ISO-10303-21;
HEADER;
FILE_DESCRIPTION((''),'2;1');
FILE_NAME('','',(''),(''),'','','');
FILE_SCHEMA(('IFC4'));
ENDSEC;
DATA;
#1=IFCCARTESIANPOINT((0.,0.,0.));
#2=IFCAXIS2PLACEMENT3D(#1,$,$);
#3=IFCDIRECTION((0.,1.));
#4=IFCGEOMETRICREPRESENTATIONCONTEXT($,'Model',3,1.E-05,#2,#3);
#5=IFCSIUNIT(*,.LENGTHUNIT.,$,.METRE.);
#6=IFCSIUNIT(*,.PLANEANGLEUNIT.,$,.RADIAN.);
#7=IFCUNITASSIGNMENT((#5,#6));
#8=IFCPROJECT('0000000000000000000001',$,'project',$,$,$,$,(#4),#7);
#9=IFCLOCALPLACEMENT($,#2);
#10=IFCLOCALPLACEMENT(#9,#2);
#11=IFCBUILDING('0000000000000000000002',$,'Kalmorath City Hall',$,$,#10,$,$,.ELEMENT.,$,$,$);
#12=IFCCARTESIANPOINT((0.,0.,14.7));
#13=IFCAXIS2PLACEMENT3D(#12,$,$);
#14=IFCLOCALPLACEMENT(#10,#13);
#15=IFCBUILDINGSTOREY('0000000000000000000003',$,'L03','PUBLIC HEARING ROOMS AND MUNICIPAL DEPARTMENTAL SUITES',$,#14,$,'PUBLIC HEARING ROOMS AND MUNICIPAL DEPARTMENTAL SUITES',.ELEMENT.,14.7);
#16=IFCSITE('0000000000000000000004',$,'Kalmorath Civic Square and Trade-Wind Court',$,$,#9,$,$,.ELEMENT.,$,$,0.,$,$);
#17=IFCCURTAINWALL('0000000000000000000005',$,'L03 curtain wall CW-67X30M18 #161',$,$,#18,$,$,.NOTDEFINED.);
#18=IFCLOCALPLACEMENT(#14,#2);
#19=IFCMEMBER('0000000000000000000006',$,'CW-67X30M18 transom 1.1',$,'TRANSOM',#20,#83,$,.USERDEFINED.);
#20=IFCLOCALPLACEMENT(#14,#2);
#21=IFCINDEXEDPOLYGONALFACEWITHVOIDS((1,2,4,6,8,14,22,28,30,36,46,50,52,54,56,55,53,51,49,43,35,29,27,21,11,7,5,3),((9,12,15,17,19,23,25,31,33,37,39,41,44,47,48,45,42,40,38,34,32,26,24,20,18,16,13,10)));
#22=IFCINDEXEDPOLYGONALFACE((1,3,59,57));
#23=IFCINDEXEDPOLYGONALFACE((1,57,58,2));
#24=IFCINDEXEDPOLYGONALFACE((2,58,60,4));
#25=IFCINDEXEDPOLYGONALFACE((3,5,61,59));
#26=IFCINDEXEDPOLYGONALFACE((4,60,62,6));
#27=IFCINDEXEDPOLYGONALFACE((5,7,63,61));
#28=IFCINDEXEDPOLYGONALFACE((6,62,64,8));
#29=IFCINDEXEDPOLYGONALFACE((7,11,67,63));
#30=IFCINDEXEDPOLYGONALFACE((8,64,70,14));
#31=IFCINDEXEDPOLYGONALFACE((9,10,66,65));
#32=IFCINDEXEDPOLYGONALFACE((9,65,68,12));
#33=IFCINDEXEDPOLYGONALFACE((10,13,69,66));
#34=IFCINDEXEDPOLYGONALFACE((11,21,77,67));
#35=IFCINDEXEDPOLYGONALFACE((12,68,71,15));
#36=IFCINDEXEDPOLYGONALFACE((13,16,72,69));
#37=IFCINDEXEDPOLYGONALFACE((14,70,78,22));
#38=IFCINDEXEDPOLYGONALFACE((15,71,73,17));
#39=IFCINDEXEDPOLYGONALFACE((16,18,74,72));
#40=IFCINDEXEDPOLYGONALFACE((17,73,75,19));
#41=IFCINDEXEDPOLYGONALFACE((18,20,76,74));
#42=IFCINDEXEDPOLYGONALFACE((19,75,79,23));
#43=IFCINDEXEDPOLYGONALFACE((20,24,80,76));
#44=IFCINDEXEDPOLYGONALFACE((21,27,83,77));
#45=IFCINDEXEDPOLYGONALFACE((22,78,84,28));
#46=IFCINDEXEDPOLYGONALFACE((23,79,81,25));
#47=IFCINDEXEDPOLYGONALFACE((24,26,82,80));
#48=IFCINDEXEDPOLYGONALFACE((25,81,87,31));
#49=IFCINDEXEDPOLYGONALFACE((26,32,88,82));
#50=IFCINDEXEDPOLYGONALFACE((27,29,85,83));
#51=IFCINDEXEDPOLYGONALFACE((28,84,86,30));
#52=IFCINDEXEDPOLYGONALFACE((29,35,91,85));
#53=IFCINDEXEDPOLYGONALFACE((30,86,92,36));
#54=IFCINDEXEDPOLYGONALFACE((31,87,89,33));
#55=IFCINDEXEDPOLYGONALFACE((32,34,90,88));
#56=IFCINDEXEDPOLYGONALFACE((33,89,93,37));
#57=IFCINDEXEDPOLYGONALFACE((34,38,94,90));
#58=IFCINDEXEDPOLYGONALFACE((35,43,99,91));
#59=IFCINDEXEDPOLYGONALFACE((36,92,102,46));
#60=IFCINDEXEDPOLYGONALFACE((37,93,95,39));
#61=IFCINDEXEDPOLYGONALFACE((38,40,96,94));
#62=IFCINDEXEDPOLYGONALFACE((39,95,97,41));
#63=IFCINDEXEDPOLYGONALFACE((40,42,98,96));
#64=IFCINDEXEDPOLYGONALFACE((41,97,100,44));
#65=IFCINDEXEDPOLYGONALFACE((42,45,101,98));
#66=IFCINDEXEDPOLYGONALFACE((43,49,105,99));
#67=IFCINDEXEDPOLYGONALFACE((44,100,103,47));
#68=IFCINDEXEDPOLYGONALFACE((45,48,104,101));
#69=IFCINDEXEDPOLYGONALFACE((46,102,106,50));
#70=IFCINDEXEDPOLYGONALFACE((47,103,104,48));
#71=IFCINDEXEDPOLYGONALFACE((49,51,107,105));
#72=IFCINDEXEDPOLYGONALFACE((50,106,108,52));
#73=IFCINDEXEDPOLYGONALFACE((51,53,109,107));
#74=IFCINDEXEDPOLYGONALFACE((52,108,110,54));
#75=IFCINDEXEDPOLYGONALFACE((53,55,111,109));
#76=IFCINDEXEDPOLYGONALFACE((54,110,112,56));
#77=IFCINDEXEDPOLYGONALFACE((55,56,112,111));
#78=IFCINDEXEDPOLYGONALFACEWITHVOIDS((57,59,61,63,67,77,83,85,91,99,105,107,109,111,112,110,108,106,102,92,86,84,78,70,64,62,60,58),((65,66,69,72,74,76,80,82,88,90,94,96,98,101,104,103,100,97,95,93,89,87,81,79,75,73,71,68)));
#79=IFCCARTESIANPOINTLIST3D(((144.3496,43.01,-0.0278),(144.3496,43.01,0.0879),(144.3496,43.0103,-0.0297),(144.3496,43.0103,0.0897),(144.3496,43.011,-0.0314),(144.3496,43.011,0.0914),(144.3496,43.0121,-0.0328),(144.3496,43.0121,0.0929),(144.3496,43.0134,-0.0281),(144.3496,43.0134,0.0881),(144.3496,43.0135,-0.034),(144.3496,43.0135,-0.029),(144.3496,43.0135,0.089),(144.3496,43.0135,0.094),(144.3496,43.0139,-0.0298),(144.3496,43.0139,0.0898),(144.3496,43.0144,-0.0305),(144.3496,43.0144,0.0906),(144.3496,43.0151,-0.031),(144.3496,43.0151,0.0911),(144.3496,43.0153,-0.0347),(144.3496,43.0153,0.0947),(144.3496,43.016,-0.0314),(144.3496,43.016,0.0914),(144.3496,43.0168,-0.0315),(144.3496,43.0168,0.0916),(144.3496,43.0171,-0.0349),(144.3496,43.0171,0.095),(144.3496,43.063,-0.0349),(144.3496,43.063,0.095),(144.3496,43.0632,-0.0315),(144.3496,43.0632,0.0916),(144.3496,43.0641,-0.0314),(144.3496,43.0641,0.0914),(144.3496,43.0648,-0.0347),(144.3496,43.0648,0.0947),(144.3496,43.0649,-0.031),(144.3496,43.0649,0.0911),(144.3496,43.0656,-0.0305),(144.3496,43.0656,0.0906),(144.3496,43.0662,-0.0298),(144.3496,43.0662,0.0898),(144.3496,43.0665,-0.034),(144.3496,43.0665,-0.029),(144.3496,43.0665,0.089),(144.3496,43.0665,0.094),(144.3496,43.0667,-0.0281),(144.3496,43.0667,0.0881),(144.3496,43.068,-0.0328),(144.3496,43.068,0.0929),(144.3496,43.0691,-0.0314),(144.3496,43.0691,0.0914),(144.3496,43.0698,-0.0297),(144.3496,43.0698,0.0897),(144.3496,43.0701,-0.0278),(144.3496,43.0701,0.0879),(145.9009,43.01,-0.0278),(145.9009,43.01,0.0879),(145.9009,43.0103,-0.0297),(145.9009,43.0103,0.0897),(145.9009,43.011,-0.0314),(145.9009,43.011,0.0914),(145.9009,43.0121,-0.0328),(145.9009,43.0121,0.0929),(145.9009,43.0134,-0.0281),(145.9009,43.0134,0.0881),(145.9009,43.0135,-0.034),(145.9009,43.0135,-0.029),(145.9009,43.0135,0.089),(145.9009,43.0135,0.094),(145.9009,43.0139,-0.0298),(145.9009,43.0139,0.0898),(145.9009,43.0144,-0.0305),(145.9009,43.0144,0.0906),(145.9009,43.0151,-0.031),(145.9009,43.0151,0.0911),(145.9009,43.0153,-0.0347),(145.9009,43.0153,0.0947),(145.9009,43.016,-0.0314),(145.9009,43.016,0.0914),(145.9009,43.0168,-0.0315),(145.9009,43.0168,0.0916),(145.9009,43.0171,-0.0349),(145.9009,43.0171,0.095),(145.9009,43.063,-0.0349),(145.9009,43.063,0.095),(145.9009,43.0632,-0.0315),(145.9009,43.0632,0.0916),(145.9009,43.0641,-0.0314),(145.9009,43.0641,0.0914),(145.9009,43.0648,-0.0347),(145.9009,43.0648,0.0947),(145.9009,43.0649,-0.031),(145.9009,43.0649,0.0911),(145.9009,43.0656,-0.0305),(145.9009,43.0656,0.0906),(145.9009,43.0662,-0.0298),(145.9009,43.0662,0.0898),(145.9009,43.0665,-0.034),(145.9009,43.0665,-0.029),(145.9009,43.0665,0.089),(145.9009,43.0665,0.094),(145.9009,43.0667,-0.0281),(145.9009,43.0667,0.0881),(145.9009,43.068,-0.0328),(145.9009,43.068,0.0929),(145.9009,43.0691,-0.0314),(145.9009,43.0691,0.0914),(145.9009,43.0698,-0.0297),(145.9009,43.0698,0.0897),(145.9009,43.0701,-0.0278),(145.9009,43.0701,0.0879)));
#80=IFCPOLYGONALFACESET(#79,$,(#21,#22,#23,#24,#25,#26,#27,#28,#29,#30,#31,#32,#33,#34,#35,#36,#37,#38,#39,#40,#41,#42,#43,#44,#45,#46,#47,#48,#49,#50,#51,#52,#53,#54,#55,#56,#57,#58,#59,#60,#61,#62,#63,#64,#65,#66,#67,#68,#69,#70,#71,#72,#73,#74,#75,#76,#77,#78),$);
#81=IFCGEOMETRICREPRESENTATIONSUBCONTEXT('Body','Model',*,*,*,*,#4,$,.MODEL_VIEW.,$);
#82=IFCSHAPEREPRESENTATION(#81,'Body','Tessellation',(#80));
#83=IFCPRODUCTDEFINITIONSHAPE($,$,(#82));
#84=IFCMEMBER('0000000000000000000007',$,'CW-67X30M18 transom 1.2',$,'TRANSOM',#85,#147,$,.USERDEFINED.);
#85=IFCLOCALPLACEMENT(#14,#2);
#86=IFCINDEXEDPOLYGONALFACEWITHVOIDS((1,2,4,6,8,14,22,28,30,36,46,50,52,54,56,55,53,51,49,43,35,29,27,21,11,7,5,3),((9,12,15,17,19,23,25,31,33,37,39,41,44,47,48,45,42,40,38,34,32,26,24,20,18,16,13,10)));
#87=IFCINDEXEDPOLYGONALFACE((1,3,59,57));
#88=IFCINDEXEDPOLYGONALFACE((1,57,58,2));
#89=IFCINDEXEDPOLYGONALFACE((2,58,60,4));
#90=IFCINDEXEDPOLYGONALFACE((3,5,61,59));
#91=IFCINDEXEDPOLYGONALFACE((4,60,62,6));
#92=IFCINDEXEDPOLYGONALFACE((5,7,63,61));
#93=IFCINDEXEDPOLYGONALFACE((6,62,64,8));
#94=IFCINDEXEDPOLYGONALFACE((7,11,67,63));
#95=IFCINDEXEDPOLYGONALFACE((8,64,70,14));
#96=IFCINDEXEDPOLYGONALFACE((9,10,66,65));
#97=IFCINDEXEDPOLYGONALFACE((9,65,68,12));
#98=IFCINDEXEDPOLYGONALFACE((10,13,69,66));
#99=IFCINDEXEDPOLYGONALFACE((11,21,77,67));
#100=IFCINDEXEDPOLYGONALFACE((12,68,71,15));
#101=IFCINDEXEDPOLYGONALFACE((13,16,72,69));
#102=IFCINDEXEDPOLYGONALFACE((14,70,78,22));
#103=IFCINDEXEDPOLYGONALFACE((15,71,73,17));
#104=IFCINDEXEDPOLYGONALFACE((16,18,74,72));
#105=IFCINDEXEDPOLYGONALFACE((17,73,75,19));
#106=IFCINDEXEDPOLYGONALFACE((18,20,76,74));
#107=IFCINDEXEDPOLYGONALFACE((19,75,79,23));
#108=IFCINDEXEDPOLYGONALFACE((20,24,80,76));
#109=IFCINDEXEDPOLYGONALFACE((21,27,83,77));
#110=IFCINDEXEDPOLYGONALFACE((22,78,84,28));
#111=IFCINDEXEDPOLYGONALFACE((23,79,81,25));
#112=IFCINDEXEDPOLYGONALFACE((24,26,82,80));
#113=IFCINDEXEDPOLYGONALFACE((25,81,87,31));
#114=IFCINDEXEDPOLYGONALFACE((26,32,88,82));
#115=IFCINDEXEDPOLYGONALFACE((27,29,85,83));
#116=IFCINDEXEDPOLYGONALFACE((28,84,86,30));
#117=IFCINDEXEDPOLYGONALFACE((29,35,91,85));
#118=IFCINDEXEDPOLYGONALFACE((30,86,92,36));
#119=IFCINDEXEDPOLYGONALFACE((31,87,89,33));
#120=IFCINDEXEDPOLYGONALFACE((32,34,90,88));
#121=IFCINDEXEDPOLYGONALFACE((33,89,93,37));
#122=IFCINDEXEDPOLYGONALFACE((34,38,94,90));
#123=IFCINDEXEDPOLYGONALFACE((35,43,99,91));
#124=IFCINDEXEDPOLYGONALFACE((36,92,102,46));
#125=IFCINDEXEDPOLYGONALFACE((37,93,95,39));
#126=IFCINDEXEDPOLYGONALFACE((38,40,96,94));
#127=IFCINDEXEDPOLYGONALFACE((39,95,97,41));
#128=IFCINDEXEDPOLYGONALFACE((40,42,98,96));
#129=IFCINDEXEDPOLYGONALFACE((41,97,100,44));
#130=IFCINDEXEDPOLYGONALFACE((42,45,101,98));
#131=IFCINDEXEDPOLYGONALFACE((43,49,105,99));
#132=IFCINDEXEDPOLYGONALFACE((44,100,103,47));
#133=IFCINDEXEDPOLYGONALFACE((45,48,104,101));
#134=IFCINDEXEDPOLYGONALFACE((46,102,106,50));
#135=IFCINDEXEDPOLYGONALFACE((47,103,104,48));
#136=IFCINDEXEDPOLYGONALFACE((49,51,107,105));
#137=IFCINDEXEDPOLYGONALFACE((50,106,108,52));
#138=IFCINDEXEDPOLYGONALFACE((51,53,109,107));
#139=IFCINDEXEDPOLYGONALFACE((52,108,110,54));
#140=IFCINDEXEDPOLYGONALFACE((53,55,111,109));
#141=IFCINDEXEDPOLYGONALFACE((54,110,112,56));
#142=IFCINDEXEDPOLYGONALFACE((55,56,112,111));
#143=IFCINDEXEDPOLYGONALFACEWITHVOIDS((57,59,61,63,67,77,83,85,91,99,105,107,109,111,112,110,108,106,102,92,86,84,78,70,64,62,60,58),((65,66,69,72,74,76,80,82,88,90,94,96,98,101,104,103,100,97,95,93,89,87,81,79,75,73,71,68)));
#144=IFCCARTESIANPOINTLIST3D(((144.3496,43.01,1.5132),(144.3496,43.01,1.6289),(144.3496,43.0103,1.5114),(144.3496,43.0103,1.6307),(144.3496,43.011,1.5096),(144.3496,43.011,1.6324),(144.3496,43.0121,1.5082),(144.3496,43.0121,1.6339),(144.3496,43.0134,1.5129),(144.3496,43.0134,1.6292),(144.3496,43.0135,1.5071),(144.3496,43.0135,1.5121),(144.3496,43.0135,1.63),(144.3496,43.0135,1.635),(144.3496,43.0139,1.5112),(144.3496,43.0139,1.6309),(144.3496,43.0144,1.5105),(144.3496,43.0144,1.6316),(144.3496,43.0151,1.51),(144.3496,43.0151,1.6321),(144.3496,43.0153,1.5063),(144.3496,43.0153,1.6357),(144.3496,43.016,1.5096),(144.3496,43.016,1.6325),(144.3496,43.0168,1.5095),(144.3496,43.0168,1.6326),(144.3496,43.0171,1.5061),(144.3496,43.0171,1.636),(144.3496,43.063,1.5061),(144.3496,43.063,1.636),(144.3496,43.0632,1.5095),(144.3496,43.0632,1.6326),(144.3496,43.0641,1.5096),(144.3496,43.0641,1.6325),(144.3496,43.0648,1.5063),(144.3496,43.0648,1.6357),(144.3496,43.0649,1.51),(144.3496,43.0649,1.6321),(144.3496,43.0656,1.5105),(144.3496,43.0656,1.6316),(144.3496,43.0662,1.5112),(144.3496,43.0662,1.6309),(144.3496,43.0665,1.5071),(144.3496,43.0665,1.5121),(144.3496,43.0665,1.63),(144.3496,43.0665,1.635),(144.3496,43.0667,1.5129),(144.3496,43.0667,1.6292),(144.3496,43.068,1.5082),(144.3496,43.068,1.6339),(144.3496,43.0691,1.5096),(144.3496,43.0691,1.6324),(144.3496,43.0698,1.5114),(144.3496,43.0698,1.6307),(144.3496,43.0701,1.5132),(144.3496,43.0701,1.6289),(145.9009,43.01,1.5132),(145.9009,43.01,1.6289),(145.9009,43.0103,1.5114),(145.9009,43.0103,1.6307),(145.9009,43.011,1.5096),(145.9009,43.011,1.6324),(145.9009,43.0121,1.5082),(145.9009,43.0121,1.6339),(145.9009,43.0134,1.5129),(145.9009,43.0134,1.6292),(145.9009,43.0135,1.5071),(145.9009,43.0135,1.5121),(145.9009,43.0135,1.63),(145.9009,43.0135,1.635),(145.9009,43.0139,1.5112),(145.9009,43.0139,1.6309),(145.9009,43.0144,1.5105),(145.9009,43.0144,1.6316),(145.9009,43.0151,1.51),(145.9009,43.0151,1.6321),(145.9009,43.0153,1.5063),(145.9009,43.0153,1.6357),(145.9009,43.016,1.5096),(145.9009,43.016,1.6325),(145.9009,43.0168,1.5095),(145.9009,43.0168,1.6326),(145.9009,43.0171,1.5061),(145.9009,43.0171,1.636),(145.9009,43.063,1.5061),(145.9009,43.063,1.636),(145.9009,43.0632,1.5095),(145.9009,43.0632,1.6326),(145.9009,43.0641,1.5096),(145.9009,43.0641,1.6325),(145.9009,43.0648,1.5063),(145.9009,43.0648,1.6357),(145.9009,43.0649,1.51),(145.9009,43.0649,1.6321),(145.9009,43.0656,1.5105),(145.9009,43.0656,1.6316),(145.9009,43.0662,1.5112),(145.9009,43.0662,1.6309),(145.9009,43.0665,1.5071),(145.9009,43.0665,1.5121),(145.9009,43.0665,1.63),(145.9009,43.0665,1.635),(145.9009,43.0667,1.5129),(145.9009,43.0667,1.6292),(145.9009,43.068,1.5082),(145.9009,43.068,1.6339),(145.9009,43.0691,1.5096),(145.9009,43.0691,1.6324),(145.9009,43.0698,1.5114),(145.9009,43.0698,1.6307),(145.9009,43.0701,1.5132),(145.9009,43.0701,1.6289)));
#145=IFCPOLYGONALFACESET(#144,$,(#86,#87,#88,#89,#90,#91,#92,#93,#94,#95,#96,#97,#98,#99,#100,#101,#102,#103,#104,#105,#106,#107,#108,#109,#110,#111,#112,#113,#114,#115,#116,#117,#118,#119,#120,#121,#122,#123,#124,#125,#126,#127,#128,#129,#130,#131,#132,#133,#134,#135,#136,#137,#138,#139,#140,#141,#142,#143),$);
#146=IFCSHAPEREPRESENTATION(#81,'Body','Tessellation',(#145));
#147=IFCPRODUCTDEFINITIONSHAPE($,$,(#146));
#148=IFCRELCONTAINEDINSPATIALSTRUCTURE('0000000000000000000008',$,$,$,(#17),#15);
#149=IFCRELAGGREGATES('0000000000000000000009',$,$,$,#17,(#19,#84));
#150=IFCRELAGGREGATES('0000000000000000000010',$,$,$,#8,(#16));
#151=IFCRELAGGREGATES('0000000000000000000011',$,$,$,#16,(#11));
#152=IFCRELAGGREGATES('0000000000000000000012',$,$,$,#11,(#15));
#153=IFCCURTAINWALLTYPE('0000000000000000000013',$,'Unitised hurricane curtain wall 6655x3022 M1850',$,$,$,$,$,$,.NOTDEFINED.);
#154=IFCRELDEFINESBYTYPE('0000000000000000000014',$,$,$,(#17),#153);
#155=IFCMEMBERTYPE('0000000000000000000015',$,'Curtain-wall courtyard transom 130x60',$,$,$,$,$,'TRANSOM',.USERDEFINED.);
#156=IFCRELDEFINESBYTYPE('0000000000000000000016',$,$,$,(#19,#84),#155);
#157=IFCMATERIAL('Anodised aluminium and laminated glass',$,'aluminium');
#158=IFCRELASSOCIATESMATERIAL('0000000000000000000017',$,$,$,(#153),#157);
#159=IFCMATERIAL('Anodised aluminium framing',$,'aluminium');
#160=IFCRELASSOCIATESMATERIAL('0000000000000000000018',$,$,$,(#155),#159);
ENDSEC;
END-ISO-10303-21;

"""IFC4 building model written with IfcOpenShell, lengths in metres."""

from ifc_helpers import new_model, si_unit, direction, frame, origin, origin_2d, place, context, subcontext, project, spatial, hollow_rectangle, extrude, material, material_profile, profile_set, type_object, element, aggregate, save


model = new_model("IFC4")

# Units and contexts
model_context = context("Model", 3, precision=1e-05, world=origin(), true_north=direction((0.0, 1.0)))
body_context = subcontext(model_context, "Body", "Model", "MODEL_VIEW")
ifc_project = project(units=[si_unit("LENGTHUNIT", "METRE"), si_unit("PLANEANGLEUNIT", "RADIAN")], contexts=[model_context])

# Site, building, storey
site_placement = place(None, origin())
site = spatial("IfcSite", under=ifc_project, at=site_placement, Name="Kalmorath Civic Square and Trade-Wind Court", CompositionType="ELEMENT", RefElevation=0.0)
building_placement = place(site_placement, origin())
building = spatial("IfcBuilding", under=site, at=building_placement, Name="Kalmorath City Hall", CompositionType="ELEMENT")
storey_placement = place(building_placement, frame((0.0, 0.0, 14.7)))
storey = spatial("IfcBuildingStorey", under=building, at=storey_placement, Name="L03", Description="PUBLIC HEARING ROOMS AND MUNICIPAL DEPARTMENTAL SUITES", LongName="PUBLIC HEARING ROOMS AND MUNICIPAL DEPARTMENTAL SUITES", CompositionType="ELEMENT", Elevation=14.7)

# Curtain wall, members
ifc_material_1 = material(Name="Anodised aluminium and laminated glass", Category="aluminium")
curtain_wall_type = type_object("IfcCurtainWallType", Name="Unitised hurricane curtain wall 6655x3022 M1850", PredefinedType="NOTDEFINED", material=ifc_material_1)
curtain_wall_placement = place(storey_placement, origin())
curtain_wall = element("IfcCurtainWall", 1, at=curtain_wall_placement, inside=storey, type_object=curtain_wall_type, Name="L03 curtain wall CW-67X30M18 #161", PredefinedType="NOTDEFINED")
ifc_material_2 = material(Name="Anodised aluminium framing", Category="aluminium")
ifc_material_profile_1 = material_profile(ifc_material_2, hollow_rectangle(XDim=0.0601, YDim=0.1299, WallThickness=0.0034, InnerFilletRadius=0.0034, OuterFilletRadius=0.0071, at=origin_2d()), Name="ALU-TRN-130X60X3.5")
ifc_profile_set_1 = profile_set([ifc_material_profile_1], Name="Anodised aluminium framing")
member_type_1 = type_object("IfcMemberType", Name="Curtain-wall courtyard transom 130x60", ElementType="TRANSOM", PredefinedType="USERDEFINED", material=ifc_profile_set_1)
member_1_placement = place(storey_placement, frame((144.3496, 43.04, 0.03), z_axis=(1.0, 0.0, 0.0), x_axis=(0.0, 1.0, 0.0)))
member_1 = element("IfcMember", 2, at=member_1_placement, type_object=member_type_1, Name="CW-67X30M18 transom 1.1", ObjectType="TRANSOM", PredefinedType="USERDEFINED", context=body_context, shape_type="SweptSolid", body=[
    extrude(hollow_rectangle(XDim=0.0601, YDim=0.1299, WallThickness=0.0034, InnerFilletRadius=0.0034, OuterFilletRadius=0.0071, at=origin_2d()), origin(), (0.0, 0.0, 1.0), 1.5513),
])
member_2_placement = place(storey_placement, frame((144.3496, 43.04, 1.571), z_axis=(1.0, 0.0, 0.0), x_axis=(0.0, 1.0, 0.0)))
member_2 = element("IfcMember", 3, at=member_2_placement, type_object=member_type_1, Name="CW-67X30M18 transom 1.2", ObjectType="TRANSOM", PredefinedType="USERDEFINED", context=body_context, shape_type="SweptSolid", body=[
    extrude(hollow_rectangle(XDim=0.0601, YDim=0.1299, WallThickness=0.0034, InnerFilletRadius=0.0034, OuterFilletRadius=0.0071, at=origin_2d()), origin(), (0.0, 0.0, 1.0), 1.5513),
])
aggregate(curtain_wall, [member_1, member_2])

save(model, "model.ifc")
